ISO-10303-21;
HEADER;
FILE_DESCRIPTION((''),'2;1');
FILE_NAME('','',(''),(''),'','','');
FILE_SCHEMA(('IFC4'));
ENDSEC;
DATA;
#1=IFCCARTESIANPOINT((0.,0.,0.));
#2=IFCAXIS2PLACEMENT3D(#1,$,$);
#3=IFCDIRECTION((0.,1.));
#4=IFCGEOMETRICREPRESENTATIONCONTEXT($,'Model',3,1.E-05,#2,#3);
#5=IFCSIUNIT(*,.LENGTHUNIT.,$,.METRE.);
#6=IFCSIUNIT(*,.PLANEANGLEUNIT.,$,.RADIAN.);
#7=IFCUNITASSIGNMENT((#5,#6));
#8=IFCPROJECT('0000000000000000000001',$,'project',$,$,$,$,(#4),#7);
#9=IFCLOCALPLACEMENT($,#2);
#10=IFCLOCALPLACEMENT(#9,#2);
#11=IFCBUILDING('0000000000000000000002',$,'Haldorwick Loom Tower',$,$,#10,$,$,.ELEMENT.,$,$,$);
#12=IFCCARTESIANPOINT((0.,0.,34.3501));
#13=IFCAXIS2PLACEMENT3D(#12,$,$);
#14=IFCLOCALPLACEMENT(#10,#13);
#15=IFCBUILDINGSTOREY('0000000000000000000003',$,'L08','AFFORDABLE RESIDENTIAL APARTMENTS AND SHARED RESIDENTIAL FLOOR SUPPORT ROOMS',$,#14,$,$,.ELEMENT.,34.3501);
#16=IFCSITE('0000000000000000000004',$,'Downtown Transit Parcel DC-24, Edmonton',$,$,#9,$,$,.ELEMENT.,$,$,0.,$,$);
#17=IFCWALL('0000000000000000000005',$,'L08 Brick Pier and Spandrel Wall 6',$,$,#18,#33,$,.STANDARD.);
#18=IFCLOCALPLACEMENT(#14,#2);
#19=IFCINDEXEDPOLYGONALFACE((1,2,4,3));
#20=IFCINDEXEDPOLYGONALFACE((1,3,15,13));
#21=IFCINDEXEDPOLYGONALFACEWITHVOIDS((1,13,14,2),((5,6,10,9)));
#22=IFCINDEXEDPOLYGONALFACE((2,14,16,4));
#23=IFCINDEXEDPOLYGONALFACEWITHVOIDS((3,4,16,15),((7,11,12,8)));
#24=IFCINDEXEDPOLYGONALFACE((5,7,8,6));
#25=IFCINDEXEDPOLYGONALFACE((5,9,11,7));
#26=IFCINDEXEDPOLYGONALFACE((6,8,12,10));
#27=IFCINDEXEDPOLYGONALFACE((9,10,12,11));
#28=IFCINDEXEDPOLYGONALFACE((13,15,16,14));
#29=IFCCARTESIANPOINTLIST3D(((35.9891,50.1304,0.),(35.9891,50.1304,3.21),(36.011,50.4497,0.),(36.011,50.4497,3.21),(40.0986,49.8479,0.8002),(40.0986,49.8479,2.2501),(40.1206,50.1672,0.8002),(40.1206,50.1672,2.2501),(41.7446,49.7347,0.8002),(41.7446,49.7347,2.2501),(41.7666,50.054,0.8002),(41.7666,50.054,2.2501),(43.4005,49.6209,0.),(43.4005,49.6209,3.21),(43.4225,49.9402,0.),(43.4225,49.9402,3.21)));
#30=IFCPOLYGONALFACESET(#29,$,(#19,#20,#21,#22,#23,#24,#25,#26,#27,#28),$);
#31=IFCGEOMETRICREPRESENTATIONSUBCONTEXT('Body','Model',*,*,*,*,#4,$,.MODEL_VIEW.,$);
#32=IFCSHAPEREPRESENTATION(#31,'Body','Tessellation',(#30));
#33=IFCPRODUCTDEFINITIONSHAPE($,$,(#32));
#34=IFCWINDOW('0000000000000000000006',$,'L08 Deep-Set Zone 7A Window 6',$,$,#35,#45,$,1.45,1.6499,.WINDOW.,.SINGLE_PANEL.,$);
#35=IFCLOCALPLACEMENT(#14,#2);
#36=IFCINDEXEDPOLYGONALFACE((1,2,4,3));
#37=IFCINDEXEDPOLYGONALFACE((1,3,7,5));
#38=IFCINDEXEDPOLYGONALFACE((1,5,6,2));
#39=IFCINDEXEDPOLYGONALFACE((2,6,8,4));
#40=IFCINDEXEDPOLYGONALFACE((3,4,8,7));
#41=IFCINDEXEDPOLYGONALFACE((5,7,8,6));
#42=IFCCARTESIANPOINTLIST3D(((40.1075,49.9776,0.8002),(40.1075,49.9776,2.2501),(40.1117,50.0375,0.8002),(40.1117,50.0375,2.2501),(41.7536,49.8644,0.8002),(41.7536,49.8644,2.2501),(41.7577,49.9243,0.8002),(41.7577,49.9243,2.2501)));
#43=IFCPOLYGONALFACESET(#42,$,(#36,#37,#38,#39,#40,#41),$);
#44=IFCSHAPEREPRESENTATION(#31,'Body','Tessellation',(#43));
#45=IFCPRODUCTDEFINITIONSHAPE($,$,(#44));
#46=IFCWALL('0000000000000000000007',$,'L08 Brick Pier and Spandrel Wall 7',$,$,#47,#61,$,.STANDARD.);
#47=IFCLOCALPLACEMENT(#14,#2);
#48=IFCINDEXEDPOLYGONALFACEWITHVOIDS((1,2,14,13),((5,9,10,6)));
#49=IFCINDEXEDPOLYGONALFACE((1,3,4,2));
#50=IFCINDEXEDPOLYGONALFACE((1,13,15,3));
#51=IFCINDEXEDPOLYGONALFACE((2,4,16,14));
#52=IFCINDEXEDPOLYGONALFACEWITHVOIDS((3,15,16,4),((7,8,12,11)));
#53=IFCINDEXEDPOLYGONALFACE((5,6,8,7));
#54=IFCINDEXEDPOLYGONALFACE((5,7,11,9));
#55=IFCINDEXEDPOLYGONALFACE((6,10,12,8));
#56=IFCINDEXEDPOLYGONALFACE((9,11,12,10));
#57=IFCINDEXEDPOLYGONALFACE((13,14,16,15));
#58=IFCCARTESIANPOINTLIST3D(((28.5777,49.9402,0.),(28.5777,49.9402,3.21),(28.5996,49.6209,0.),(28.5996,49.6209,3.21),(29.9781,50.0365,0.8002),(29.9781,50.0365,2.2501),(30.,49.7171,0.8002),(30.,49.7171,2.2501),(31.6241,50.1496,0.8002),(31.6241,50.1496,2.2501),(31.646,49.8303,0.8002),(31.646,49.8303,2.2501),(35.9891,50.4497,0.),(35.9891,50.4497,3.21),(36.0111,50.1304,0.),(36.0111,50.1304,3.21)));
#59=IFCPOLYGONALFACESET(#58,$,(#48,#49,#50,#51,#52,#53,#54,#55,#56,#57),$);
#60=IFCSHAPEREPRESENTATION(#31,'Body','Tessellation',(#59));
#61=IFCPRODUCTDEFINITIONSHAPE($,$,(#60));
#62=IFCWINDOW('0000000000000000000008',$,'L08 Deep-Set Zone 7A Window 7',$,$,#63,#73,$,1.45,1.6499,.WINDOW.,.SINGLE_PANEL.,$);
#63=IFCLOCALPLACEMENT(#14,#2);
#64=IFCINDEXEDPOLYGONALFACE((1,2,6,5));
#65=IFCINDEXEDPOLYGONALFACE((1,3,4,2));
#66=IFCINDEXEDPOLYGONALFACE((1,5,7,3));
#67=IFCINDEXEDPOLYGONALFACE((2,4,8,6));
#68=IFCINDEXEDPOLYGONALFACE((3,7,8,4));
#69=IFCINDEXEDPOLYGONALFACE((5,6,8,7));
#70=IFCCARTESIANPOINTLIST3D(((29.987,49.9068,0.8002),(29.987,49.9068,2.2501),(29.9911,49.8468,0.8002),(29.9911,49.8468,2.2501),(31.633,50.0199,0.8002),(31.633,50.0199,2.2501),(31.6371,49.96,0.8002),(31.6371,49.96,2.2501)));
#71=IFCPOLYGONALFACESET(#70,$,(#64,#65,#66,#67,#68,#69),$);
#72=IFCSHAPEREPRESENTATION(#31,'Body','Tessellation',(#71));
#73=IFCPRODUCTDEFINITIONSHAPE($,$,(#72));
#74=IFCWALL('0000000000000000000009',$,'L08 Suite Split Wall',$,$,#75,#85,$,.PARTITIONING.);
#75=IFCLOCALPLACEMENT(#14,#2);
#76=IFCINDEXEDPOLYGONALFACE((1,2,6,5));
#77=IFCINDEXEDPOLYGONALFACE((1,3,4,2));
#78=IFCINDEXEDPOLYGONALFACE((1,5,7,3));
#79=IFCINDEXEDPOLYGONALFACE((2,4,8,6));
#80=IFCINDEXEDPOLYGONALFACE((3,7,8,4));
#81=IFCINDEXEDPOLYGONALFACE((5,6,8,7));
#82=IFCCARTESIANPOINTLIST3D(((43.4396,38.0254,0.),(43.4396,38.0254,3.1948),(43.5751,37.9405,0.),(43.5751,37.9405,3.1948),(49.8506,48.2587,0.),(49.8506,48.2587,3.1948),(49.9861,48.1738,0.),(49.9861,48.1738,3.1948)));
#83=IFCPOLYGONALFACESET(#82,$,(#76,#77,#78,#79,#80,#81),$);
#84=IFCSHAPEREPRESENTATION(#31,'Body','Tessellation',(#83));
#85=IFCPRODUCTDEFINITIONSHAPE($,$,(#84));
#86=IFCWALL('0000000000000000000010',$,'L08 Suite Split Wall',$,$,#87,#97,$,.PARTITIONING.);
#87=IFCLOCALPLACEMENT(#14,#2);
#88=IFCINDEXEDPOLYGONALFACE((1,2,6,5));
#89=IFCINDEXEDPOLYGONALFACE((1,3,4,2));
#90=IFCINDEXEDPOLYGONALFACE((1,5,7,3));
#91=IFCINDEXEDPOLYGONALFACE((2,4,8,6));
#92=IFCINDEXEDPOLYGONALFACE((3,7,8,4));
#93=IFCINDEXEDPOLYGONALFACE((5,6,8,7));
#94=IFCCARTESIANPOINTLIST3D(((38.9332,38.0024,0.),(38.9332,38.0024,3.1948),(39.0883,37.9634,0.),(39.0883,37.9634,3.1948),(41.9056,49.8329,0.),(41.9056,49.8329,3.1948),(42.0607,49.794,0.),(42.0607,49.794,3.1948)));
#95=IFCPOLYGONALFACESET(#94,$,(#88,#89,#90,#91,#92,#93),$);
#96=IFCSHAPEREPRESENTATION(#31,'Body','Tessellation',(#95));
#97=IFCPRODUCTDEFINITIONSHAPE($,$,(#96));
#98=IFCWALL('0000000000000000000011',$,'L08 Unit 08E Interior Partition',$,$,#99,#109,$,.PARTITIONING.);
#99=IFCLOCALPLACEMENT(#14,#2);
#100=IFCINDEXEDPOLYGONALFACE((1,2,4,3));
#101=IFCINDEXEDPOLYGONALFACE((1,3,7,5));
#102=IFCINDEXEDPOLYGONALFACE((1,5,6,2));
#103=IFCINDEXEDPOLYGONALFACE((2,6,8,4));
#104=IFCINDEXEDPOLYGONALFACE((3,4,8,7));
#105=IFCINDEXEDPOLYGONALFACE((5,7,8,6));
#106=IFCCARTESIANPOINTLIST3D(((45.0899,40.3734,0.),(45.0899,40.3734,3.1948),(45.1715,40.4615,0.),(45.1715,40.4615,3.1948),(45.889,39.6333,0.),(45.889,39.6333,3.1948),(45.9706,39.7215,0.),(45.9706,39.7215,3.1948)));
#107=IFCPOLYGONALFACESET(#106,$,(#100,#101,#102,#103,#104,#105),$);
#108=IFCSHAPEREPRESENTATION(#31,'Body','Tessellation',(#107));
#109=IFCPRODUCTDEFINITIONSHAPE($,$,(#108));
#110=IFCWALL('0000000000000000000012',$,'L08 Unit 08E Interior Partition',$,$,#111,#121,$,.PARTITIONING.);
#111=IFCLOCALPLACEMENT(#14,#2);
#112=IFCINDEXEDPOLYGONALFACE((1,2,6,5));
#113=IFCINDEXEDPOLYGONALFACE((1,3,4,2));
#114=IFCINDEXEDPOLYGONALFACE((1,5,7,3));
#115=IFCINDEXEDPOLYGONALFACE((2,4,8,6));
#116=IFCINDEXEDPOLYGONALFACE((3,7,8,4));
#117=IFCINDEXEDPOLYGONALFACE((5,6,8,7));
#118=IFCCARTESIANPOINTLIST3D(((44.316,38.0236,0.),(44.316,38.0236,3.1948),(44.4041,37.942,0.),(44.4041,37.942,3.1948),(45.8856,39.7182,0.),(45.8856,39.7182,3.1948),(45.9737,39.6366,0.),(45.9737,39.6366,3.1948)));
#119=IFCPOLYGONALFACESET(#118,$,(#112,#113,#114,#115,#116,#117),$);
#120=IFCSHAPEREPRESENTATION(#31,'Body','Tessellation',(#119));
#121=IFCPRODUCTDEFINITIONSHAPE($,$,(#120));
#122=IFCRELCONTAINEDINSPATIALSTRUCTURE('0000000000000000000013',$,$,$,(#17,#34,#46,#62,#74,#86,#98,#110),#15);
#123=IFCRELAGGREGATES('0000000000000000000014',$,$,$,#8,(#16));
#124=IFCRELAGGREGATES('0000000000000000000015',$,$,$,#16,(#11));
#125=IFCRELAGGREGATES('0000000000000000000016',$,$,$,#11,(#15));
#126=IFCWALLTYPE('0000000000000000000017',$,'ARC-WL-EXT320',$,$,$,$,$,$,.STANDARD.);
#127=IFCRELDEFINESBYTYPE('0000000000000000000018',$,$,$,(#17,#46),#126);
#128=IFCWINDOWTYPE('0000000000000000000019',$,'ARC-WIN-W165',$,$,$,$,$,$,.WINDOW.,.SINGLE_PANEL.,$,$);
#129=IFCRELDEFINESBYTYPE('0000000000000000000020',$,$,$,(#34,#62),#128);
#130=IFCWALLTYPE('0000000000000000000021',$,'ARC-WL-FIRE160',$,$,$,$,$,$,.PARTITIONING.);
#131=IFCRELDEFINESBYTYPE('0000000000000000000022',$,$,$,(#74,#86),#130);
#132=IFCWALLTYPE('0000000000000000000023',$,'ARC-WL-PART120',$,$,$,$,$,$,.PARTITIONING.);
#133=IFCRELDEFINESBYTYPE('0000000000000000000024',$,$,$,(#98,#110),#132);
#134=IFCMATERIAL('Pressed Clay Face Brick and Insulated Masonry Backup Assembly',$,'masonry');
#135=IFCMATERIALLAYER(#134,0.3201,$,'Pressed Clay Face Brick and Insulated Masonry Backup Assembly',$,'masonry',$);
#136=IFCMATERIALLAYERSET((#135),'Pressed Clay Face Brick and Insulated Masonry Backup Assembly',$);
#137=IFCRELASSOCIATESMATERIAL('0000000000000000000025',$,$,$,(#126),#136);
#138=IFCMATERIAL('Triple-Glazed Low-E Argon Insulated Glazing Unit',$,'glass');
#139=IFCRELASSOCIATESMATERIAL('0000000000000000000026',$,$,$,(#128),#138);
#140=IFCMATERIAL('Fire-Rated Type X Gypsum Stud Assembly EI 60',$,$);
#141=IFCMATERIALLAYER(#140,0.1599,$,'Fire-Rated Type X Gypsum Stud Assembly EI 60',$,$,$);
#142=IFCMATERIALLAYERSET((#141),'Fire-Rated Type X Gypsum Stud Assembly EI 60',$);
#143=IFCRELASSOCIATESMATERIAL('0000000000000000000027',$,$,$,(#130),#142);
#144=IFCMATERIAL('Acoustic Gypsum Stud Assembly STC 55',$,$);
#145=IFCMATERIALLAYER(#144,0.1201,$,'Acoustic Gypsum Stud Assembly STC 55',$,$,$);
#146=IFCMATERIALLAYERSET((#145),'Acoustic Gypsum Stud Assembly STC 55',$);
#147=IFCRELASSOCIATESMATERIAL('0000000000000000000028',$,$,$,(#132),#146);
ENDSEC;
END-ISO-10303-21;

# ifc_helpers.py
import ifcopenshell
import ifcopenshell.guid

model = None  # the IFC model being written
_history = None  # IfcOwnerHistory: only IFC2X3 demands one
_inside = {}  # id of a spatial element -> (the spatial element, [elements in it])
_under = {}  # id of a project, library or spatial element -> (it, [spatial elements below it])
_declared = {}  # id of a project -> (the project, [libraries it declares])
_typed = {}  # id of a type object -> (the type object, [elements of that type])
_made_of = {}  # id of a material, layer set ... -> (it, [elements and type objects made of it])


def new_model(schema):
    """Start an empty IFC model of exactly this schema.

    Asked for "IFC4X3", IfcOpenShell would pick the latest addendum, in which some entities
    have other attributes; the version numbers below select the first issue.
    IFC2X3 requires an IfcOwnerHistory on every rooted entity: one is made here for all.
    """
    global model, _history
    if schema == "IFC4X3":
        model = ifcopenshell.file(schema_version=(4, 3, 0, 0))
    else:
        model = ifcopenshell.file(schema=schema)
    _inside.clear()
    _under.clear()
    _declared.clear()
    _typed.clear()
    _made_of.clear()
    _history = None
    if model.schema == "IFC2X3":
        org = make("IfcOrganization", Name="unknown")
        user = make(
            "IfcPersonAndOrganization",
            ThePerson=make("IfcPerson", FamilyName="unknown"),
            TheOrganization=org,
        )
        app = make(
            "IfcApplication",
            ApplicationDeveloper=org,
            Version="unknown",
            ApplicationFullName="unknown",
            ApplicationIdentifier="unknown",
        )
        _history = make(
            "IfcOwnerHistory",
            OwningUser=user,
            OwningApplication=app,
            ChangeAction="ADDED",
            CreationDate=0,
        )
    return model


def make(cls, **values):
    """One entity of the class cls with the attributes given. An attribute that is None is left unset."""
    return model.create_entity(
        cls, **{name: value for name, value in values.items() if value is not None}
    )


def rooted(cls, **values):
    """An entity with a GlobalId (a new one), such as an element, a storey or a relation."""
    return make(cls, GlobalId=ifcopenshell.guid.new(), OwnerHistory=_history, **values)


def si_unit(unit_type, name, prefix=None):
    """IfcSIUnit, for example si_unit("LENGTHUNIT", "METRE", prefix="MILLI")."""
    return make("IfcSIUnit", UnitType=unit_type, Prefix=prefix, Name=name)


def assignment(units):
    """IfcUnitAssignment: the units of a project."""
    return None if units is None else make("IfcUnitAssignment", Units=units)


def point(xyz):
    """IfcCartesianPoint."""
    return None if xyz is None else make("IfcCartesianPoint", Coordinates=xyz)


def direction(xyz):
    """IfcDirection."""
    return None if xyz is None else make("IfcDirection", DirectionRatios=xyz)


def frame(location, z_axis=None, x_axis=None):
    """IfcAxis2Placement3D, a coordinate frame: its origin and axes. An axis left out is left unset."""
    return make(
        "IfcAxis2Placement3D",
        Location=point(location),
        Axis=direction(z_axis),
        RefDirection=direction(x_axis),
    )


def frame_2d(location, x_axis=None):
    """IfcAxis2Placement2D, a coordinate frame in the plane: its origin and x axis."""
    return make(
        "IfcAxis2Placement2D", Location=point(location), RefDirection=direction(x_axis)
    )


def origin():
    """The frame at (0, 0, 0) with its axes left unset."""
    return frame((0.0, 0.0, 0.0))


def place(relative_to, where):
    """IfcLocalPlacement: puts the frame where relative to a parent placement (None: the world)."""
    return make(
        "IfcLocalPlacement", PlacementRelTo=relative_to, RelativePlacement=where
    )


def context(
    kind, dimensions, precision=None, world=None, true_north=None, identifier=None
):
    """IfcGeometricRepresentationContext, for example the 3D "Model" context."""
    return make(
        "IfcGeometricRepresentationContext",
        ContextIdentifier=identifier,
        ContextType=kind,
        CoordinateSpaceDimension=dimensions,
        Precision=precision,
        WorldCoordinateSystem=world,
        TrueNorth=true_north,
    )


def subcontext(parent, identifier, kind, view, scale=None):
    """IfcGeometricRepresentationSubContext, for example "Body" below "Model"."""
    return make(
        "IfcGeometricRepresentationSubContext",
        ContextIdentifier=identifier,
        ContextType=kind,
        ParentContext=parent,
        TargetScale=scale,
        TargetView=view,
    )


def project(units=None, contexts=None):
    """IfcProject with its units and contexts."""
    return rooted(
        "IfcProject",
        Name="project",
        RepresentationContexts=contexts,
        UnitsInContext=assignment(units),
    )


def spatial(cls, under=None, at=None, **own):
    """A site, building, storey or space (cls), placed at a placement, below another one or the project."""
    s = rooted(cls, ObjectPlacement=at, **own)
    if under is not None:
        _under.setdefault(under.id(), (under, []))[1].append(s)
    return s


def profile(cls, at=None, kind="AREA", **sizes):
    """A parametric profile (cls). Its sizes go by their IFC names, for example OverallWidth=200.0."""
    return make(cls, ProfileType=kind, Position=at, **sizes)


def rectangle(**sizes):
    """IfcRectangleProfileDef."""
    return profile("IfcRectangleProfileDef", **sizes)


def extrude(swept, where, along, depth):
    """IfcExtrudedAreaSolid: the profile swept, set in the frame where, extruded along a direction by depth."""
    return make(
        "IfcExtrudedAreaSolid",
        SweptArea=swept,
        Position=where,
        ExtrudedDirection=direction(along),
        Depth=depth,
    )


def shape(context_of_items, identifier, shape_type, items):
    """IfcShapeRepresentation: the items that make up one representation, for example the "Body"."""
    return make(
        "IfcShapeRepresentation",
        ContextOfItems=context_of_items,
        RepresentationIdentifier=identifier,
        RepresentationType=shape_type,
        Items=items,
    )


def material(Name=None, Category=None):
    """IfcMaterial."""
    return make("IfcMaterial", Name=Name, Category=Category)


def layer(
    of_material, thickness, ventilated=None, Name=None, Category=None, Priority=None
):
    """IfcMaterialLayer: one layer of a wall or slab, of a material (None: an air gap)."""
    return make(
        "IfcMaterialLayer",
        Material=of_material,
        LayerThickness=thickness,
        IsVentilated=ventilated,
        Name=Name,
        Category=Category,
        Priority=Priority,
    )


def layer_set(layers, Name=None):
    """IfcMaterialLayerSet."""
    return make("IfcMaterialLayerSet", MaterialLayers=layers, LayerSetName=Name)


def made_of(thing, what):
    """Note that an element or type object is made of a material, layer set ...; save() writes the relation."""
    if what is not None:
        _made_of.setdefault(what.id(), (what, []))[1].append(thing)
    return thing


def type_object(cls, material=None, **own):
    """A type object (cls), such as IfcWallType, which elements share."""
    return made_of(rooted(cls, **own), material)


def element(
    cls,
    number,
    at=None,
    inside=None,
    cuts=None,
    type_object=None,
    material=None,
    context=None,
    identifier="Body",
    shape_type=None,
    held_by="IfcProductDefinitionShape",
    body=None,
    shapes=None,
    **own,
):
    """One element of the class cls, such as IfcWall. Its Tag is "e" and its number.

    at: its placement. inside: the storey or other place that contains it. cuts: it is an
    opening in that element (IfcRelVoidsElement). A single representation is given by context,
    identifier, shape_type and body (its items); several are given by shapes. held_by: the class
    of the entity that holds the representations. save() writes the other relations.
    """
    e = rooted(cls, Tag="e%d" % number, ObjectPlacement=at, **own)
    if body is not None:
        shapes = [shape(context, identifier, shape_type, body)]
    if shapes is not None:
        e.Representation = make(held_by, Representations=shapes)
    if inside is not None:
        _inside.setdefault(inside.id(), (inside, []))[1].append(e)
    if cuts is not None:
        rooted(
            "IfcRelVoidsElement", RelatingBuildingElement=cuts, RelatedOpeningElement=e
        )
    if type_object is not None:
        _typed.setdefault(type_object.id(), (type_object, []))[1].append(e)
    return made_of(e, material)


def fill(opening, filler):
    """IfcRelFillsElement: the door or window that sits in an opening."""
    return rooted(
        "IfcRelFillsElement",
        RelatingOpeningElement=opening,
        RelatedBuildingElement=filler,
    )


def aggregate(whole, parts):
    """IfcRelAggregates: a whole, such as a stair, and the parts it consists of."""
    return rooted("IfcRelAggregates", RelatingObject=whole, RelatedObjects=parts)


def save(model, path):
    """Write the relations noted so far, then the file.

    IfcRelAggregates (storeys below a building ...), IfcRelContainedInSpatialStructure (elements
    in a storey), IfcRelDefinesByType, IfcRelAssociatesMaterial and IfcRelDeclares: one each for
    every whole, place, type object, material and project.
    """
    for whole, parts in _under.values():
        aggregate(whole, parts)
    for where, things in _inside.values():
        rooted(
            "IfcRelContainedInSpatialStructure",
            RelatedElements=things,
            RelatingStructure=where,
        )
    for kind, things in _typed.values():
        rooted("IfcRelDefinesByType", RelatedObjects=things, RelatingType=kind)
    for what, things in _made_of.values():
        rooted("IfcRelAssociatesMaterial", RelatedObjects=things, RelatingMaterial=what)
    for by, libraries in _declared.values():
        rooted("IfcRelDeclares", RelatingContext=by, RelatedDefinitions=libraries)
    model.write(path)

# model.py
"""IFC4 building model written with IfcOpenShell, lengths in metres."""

from ifc_helpers import new_model, si_unit, direction, frame, frame_2d, origin, place, context, subcontext, project, spatial, rectangle, extrude, material, layer, layer_set, type_object, element, fill, save


model = new_model("IFC4")

# Units and contexts
model_context = context("Model", 3, precision=1e-05, world=origin(), true_north=direction((0.0, 1.0)))
body_context = subcontext(model_context, "Body", "Model", "MODEL_VIEW")
ifc_project = project(units=[si_unit("LENGTHUNIT", "METRE"), si_unit("PLANEANGLEUNIT", "RADIAN")], contexts=[model_context])

# Site, building, storey
site_placement = place(None, origin())
site = spatial("IfcSite", under=ifc_project, at=site_placement, Name="Downtown Transit Parcel DC-24, Edmonton", CompositionType="ELEMENT", RefElevation=0.0)
building_placement = place(site_placement, origin())
building = spatial("IfcBuilding", under=site, at=building_placement, Name="Haldorwick Loom Tower", CompositionType="ELEMENT")
storey_placement = place(building_placement, frame((0.0, 0.0, 34.3501)))
storey = spatial("IfcBuildingStorey", under=building, at=storey_placement, Name="L08", Description="AFFORDABLE RESIDENTIAL APARTMENTS AND SHARED RESIDENTIAL FLOOR SUPPORT ROOMS", CompositionType="ELEMENT", Elevation=34.3501)

# Walls, openings, windows
ifc_material_1 = material(Name="Pressed Clay Face Brick and Insulated Masonry Backup Assembly", Category="masonry")
ifc_layer_1 = layer(ifc_material_1, 0.3201, Name="Pressed Clay Face Brick and Insulated Masonry Backup Assembly", Category="masonry")
ifc_layer_set_1 = layer_set([ifc_layer_1], Name="Pressed Clay Face Brick and Insulated Masonry Backup Assembly")
wall_type_1 = type_object("IfcWallType", Name="ARC-WL-EXT320", PredefinedType="STANDARD", material=ifc_layer_set_1)
wall_1_placement = place(storey_placement, frame((43.4114, 49.7805, 0.0), z_axis=(0.0, 0.0, 1.0), x_axis=(-0.997645, 0.068587, 0.0)))
wall_1 = element("IfcWall", 1, at=wall_1_placement, inside=storey, type_object=wall_type_1, Name="L08 Brick Pier and Spandrel Wall 6", PredefinedType="STANDARD", context=body_context, shape_type="SweptSolid", body=[
    extrude(rectangle(XDim=7.429, YDim=0.3201, at=frame_2d((3.7144, 0.0))), origin(), (0.0, 0.0, 1.0), 3.21),
])
opening_1_placement = place(wall_1_placement, frame((1.6597, 0.0, 0.8)))
opening_1 = element("IfcOpeningElement", 2, at=opening_1_placement, cuts=wall_1, PredefinedType="OPENING", context=body_context, shape_type="SweptSolid", body=[
    extrude(rectangle(XDim=1.6499, YDim=1.45, at=frame_2d((0.825, 0.7251))), frame((0.0, 0.1699, 0.0), z_axis=(0.0, -1.0, 0.0), x_axis=(1.0, 0.0, 0.0)), (0.0, 0.0, 1.0), 0.3401),
])
ifc_material_2 = material(Name="Triple-Glazed Low-E Argon Insulated Glazing Unit", Category="glass")
window_type = type_object("IfcWindowType", Name="ARC-WIN-W165", PartitioningType="SINGLE_PANEL", PredefinedType="WINDOW", material=ifc_material_2)
window_1_placement = place(opening_1_placement, origin())
window_1 = element("IfcWindow", 3, at=window_1_placement, inside=storey, type_object=window_type, Name="L08 Deep-Set Zone 7A Window 6", OverallHeight=1.45, OverallWidth=1.6499, PartitioningType="SINGLE_PANEL", PredefinedType="WINDOW", context=body_context, shape_type="SweptSolid", body=[
    extrude(rectangle(XDim=1.6499, YDim=1.45, at=frame_2d((0.825, 0.7251))), frame((0.0, 0.03, 0.0), z_axis=(0.0, -1.0, 0.0), x_axis=(1.0, 0.0, 0.0)), (0.0, 0.0, 1.0), 0.0601),
])
fill(opening_1, window_1)
wall_2_placement = place(storey_placement, frame((36.0, 50.29, 0.0), z_axis=(0.0, 0.0, 1.0), x_axis=(-0.997645, -0.068587, 0.0)))
wall_2 = element("IfcWall", 4, at=wall_2_placement, inside=storey, type_object=wall_type_1, Name="L08 Brick Pier and Spandrel Wall 7", PredefinedType="STANDARD", context=body_context, shape_type="SweptSolid", body=[
    extrude(rectangle(XDim=7.429, YDim=0.3201, at=frame_2d((3.7144, 0.0))), origin(), (0.0, 0.0, 1.0), 3.21),
])
opening_2_placement = place(wall_2_placement, frame((4.3752, 0.0, 0.8)))
opening_2 = element("IfcOpeningElement", 5, at=opening_2_placement, cuts=wall_2, PredefinedType="OPENING", context=body_context, shape_type="SweptSolid", body=[
    extrude(rectangle(XDim=1.6499, YDim=1.45, at=frame_2d((0.825, 0.7251))), frame((0.0, 0.1699, 0.0), z_axis=(0.0, -1.0, 0.0), x_axis=(1.0, 0.0, 0.0)), (0.0, 0.0, 1.0), 0.3401),
])
window_2_placement = place(opening_2_placement, origin())
window_2 = element("IfcWindow", 6, at=window_2_placement, inside=storey, type_object=window_type, Name="L08 Deep-Set Zone 7A Window 7", OverallHeight=1.45, OverallWidth=1.6499, PartitioningType="SINGLE_PANEL", PredefinedType="WINDOW", context=body_context, shape_type="SweptSolid", body=[
    extrude(rectangle(XDim=1.6499, YDim=1.45, at=frame_2d((0.825, 0.7251))), frame((0.0, 0.03, 0.0), z_axis=(0.0, -1.0, 0.0), x_axis=(1.0, 0.0, 0.0)), (0.0, 0.0, 1.0), 0.0601),
])
fill(opening_2, window_2)

# Walls
ifc_material_3 = material(Name="Fire-Rated Type X Gypsum Stud Assembly EI 60")
ifc_layer_2 = layer(ifc_material_3, 0.1599, Name="Fire-Rated Type X Gypsum Stud Assembly EI 60")
ifc_layer_set_2 = layer_set([ifc_layer_2], Name="Fire-Rated Type X Gypsum Stud Assembly EI 60")
wall_type_2 = type_object("IfcWallType", Name="ARC-WL-FIRE160", PredefinedType="PARTITIONING", material=ifc_layer_set_2)
wall_3_placement = place(storey_placement, frame((43.5073, 37.9829, 0.0), z_axis=(0.0, 0.0, 1.0), x_axis=(0.530907, 0.84743, 0.0)))
element("IfcWall", 7, at=wall_3_placement, inside=storey, type_object=wall_type_2, Name="L08 Suite Split Wall", PredefinedType="PARTITIONING", context=body_context, shape_type="SweptSolid", body=[
    extrude(rectangle(XDim=12.0757, YDim=0.1599, at=frame_2d((6.0378, 0.0))), origin(), (0.0, 0.0, 1.0), 3.1948),
])
wall_4_placement = place(storey_placement, frame((39.0107, 37.9829, 0.0), z_axis=(0.0, 0.0, 1.0), x_axis=(0.243675, 0.969857, 0.0)))
element("IfcWall", 8, at=wall_4_placement, inside=storey, type_object=wall_type_2, Name="L08 Suite Split Wall", PredefinedType="PARTITIONING", context=body_context, shape_type="SweptSolid", body=[
    extrude(rectangle(XDim=12.1982, YDim=0.1599, at=frame_2d((6.0991, 0.0))), origin(), (0.0, 0.0, 1.0), 3.1948),
])
ifc_material_4 = material(Name="Acoustic Gypsum Stud Assembly STC 55")
ifc_layer_3 = layer(ifc_material_4, 0.1201, Name="Acoustic Gypsum Stud Assembly STC 55")
ifc_layer_set_3 = layer_set([ifc_layer_3], Name="Acoustic Gypsum Stud Assembly STC 55")
wall_type_3 = type_object("IfcWallType", Name="ARC-WL-PART120", PredefinedType="PARTITIONING", material=ifc_layer_set_3)
wall_5_placement = place(storey_placement, frame((45.9297, 39.6775, 0.0), z_axis=(0.0, 0.0, 1.0), x_axis=(-0.733711, 0.679462, 0.0)))
element("IfcWall", 9, at=wall_5_placement, inside=storey, type_object=wall_type_3, Name="L08 Unit 08E Interior Partition", PredefinedType="PARTITIONING", context=body_context, shape_type="SweptSolid", body=[
    extrude(rectangle(XDim=1.0891, YDim=0.1201, at=frame_2d((0.5444, 0.0))), origin(), (0.0, 0.0, 1.0), 3.1948),
])
wall_6_placement = place(storey_placement, frame((44.3601, 37.9829, 0.0), z_axis=(0.0, 0.0, 1.0), x_axis=(0.67953, 0.733647, 0.0)))
element("IfcWall", 10, at=wall_6_placement, inside=storey, type_object=wall_type_3, Name="L08 Unit 08E Interior Partition", PredefinedType="PARTITIONING", context=body_context, shape_type="SweptSolid", body=[
    extrude(rectangle(XDim=2.3098, YDim=0.1201, at=frame_2d((1.1548, 0.0))), origin(), (0.0, 0.0, 1.0), 3.1948),
])

save(model, "model.ifc")
